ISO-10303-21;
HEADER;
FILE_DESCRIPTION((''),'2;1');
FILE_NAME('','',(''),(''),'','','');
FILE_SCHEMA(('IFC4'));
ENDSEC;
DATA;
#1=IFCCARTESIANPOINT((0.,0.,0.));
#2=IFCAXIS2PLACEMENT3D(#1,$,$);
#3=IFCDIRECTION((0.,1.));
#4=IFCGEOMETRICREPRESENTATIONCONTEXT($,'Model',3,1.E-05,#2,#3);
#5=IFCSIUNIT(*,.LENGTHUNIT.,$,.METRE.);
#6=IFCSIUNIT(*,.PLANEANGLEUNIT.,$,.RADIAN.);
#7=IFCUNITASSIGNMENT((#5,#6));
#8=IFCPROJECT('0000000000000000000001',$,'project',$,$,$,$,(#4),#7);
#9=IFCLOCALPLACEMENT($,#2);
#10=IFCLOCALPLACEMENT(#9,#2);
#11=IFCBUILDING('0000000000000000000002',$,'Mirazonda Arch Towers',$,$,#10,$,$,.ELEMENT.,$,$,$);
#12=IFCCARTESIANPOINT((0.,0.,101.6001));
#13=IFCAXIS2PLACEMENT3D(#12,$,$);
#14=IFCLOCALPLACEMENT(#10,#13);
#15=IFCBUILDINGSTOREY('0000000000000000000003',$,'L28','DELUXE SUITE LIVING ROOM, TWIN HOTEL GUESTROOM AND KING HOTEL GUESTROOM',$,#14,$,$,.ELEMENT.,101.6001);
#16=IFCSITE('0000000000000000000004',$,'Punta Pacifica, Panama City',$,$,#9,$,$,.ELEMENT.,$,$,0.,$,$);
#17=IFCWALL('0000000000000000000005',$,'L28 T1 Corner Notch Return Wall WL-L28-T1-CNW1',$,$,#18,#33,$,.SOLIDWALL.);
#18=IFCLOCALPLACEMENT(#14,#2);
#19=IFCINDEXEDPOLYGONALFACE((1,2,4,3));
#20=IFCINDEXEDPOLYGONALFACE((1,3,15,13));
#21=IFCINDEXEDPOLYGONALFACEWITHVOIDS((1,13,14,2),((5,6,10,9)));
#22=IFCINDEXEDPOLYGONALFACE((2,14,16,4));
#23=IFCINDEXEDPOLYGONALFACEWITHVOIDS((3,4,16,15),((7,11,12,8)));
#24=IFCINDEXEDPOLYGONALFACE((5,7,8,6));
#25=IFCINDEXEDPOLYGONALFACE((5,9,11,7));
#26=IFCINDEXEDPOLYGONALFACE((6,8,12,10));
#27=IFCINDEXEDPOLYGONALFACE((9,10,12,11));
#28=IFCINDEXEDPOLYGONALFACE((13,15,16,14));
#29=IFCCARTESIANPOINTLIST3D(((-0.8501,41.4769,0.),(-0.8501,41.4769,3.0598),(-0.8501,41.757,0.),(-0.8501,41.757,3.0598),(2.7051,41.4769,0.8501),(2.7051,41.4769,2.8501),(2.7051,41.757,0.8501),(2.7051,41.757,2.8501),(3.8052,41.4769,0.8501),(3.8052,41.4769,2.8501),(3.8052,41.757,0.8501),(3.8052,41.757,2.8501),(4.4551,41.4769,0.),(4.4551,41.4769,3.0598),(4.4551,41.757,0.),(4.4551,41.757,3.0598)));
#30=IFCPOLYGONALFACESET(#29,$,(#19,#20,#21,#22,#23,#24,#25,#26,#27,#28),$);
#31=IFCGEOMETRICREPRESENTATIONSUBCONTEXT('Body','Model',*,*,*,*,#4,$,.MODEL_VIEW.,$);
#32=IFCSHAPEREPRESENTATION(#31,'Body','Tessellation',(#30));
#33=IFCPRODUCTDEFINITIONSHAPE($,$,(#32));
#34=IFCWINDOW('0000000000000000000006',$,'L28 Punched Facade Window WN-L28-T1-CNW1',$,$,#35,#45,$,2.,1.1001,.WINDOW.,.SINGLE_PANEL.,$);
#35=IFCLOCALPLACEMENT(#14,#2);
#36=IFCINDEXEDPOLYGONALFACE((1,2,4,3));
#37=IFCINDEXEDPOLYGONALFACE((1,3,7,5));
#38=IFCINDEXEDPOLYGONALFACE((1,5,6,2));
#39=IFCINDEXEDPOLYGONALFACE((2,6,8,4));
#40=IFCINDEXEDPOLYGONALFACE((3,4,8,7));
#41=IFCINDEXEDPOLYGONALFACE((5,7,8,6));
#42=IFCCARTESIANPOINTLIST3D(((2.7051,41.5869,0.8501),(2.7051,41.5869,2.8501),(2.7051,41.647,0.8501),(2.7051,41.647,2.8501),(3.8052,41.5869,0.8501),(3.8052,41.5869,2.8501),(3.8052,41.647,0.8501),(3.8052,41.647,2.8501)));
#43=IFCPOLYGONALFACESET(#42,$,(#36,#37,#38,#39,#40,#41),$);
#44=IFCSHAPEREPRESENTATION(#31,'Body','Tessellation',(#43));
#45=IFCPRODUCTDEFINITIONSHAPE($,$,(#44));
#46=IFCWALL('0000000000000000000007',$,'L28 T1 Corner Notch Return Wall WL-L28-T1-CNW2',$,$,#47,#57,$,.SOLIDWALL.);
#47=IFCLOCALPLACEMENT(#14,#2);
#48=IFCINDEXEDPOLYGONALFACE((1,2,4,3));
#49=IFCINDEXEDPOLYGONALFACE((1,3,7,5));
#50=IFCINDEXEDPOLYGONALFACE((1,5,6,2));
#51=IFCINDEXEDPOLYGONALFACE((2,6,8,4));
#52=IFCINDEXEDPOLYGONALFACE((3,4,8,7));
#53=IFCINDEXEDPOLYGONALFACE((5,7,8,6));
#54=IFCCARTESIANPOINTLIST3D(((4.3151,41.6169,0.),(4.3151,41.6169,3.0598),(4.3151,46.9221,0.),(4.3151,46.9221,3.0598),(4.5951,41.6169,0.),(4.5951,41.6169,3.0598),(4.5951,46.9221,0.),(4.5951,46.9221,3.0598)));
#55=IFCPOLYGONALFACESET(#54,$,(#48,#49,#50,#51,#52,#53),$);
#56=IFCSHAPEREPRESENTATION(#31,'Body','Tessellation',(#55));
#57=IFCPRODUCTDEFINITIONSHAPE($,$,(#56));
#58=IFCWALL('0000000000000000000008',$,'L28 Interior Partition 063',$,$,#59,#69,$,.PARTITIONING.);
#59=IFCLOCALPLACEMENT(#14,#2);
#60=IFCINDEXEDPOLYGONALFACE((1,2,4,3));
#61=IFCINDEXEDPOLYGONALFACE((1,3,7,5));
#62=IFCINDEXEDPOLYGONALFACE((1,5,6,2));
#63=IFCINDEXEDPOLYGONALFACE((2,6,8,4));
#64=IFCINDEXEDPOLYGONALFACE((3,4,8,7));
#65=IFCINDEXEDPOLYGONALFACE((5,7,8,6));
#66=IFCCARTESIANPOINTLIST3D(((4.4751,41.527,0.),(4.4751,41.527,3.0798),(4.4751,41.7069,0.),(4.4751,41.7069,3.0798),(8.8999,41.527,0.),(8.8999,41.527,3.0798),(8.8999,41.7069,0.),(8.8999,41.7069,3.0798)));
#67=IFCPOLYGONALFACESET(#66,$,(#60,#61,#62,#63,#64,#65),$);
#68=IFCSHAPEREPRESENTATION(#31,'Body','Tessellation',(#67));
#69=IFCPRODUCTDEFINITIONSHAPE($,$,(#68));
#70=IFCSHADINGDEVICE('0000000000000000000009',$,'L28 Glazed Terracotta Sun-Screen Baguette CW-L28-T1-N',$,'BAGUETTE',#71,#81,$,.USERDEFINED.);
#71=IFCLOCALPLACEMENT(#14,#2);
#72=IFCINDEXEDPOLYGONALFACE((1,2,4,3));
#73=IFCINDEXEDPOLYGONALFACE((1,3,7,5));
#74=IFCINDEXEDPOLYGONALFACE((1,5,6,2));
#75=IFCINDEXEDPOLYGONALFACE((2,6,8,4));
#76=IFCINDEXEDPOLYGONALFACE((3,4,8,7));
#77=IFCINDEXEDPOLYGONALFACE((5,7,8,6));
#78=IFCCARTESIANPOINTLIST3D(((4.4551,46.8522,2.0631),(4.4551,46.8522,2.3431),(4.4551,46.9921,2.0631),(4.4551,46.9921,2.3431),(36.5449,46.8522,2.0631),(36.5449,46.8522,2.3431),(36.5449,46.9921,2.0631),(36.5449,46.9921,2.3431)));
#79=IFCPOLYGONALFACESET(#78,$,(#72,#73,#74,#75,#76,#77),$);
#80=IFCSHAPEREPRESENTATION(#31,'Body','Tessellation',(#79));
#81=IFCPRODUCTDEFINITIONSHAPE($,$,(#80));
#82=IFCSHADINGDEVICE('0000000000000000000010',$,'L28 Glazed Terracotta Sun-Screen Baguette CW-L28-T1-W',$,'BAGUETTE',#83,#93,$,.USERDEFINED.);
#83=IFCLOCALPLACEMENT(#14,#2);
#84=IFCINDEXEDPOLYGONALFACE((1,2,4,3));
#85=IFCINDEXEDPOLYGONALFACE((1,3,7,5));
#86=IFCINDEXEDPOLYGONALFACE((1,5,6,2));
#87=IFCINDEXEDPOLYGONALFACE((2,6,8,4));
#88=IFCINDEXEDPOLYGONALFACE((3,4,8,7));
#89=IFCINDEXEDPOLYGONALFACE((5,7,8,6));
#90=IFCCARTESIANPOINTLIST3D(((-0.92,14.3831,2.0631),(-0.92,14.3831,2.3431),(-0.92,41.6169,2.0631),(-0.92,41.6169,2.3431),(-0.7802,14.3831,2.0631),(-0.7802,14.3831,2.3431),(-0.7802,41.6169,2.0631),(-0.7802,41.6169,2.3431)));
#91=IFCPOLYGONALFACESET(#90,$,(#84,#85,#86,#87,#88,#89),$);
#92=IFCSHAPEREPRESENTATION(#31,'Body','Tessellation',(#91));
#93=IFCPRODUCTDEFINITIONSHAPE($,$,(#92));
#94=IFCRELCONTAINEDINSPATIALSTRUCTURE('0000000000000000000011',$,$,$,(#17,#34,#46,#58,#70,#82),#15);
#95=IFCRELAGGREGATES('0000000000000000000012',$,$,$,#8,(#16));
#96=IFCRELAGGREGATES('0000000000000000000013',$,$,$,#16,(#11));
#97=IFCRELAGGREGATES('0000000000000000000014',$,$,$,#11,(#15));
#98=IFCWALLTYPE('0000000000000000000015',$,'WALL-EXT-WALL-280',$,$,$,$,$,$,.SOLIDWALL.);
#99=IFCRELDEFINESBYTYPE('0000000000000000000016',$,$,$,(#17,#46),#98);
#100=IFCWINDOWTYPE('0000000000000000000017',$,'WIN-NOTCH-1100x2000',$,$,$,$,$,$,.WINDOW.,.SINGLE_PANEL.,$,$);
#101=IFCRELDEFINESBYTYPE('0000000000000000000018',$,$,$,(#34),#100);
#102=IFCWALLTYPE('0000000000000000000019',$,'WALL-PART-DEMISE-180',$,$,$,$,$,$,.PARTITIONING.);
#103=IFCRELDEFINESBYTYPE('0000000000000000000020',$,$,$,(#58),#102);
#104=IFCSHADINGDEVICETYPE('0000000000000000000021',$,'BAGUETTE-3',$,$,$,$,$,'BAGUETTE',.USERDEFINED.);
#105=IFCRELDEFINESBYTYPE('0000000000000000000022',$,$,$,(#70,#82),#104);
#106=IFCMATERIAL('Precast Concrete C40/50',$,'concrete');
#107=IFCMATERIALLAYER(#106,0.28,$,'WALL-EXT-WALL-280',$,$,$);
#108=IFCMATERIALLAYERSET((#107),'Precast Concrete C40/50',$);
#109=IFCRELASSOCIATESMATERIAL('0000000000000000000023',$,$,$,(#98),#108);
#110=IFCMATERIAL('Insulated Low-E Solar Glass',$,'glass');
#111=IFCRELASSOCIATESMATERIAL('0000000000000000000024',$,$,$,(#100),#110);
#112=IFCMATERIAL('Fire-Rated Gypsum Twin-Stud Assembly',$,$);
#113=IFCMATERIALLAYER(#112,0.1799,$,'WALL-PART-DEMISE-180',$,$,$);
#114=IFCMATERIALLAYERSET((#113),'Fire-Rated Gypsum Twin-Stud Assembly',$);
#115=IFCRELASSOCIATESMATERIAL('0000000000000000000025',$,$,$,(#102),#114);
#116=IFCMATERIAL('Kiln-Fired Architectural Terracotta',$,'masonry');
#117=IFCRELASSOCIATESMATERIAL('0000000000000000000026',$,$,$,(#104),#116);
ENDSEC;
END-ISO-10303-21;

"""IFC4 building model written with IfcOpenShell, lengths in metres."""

from ifc_helpers import new_model, si_unit, direction, frame, frame_2d, origin, origin_2d, place, context, subcontext, project, spatial, rectangle, extrude, material, layer, layer_set, material_profile, profile_set, type_object, element, fill, save


model = new_model("IFC4")

# Units and contexts
model_context = context("Model", 3, precision=1e-05, world=origin(), true_north=direction((0.0, 1.0)))
body_context = subcontext(model_context, "Body", "Model", "MODEL_VIEW")
ifc_project = project(units=[si_unit("LENGTHUNIT", "METRE"), si_unit("PLANEANGLEUNIT", "RADIAN")], contexts=[model_context])

# Site, building, storey
site_placement = place(None, origin())
site = spatial("IfcSite", under=ifc_project, at=site_placement, Name="Punta Pacifica, Panama City", CompositionType="ELEMENT", RefElevation=0.0)
building_placement = place(site_placement, origin())
building = spatial("IfcBuilding", under=site, at=building_placement, Name="Mirazonda Arch Towers", CompositionType="ELEMENT")
storey_placement = place(building_placement, frame((0.0, 0.0, 101.6001)))
storey = spatial("IfcBuildingStorey", under=building, at=storey_placement, Name="L28", Description="DELUXE SUITE LIVING ROOM, TWIN HOTEL GUESTROOM AND KING HOTEL GUESTROOM", CompositionType="ELEMENT", Elevation=101.6001)

# Shared definitions
ifc_material_1 = material(Name="Insulated Low-E Solar Glass", Category="glass")

# Wall, opening, window
ifc_material_2 = material(Name="Precast Concrete C40/50", Category="concrete")
ifc_layer_1 = layer(ifc_material_2, 0.28, Name="WALL-EXT-WALL-280")
ifc_layer_set_1 = layer_set([ifc_layer_1], Name="Precast Concrete C40/50")
wall_type_1 = type_object("IfcWallType", Name="WALL-EXT-WALL-280", PredefinedType="SOLIDWALL", material=ifc_layer_set_1)
wall_1_placement = place(storey_placement, frame((4.4551, 41.6169, 0.0), z_axis=(0.0, 0.0, 1.0), x_axis=(-1.0, 0.0, 0.0)))
wall_1 = element("IfcWall", 1, at=wall_1_placement, inside=storey, type_object=wall_type_1, Name="L28 T1 Corner Notch Return Wall WL-L28-T1-CNW1", PredefinedType="SOLIDWALL", context=body_context, shape_type="SweptSolid", body=[
    extrude(rectangle(XDim=5.3052, YDim=0.28, at=frame_2d((2.6526, 0.0))), origin(), (0.0, 0.0, 1.0), 3.0598),
])
opening_placement = place(wall_1_placement, frame((0.6499, 0.0, 0.8501)))
opening = element("IfcOpeningElement", 2, at=opening_placement, cuts=wall_1, PredefinedType="OPENING", context=body_context, shape_type="SweptSolid", body=[
    extrude(rectangle(XDim=1.1001, YDim=2.0, at=frame_2d((0.55, 1.0))), frame((0.0, 0.1499, 0.0), z_axis=(0.0, -1.0, 0.0), x_axis=(1.0, 0.0, 0.0)), (0.0, 0.0, 1.0), 0.3),
])
window_type = type_object("IfcWindowType", Name="WIN-NOTCH-1100x2000", PartitioningType="SINGLE_PANEL", PredefinedType="WINDOW", material=ifc_material_1)
window_placement = place(opening_placement, origin())
window = element("IfcWindow", 3, at=window_placement, inside=storey, type_object=window_type, Name="L28 Punched Facade Window WN-L28-T1-CNW1", OverallHeight=2.0, OverallWidth=1.1001, PartitioningType="SINGLE_PANEL", PredefinedType="WINDOW", context=body_context, shape_type="SweptSolid", body=[
    extrude(rectangle(XDim=1.1001, YDim=2.0, at=frame_2d((0.55, 1.0))), frame((0.0, 0.03, 0.0), z_axis=(0.0, -1.0, 0.0), x_axis=(1.0, 0.0, 0.0)), (0.0, 0.0, 1.0), 0.0601),
])
fill(opening, window)

# Walls
wall_2_placement = place(storey_placement, frame((4.4551, 46.9221, 0.0), z_axis=(0.0, 0.0, 1.0), x_axis=(0.0, -1.0, 0.0)))
element("IfcWall", 4, at=wall_2_placement, inside=storey, type_object=wall_type_1, Name="L28 T1 Corner Notch Return Wall WL-L28-T1-CNW2", PredefinedType="SOLIDWALL", context=body_context, shape_type="SweptSolid", body=[
    extrude(rectangle(XDim=5.3052, YDim=0.28, at=frame_2d((2.6526, 0.0))), origin(), (0.0, 0.0, 1.0), 3.0598),
])
ifc_material_3 = material(Name="Fire-Rated Gypsum Twin-Stud Assembly")
ifc_layer_2 = layer(ifc_material_3, 0.1799, Name="WALL-PART-DEMISE-180")
ifc_layer_set_2 = layer_set([ifc_layer_2], Name="Fire-Rated Gypsum Twin-Stud Assembly")
wall_type_2 = type_object("IfcWallType", Name="WALL-PART-DEMISE-180", PredefinedType="PARTITIONING", material=ifc_layer_set_2)
wall_3_placement = place(storey_placement, frame((4.4751, 41.6169, 0.0), z_axis=(0.0, 0.0, 1.0), x_axis=(1.0, 0.0, 0.0)))
element("IfcWall", 5, at=wall_3_placement, inside=storey, type_object=wall_type_2, Name="L28 Interior Partition 063", PredefinedType="PARTITIONING", context=body_context, shape_type="SweptSolid", body=[
    extrude(rectangle(XDim=4.4248, YDim=0.1799, at=frame_2d((2.2124, 0.0))), origin(), (0.0, 0.0, 1.0), 3.0798),
])

# Shading devices
ifc_material_4 = material(Name="Kiln-Fired Architectural Terracotta", Category="masonry")
ifc_material_profile_1 = material_profile(ifc_material_4, rectangle(XDim=0.1399, YDim=0.28, at=origin_2d()), Name="TERRA-BAG-140x280")
ifc_profile_set_1 = profile_set([ifc_material_profile_1], Name="Kiln-Fired Architectural Terracotta")
shading_device_type = type_object("IfcShadingDeviceType", Name="BAGUETTE-3", ElementType="BAGUETTE", PredefinedType="USERDEFINED", material=ifc_profile_set_1)
shading_device_1_placement = place(storey_placement, frame((4.4551, 46.9221, 2.2031), z_axis=(1.0, 0.0, 0.0), x_axis=(0.0, 1.0, 0.0)))
element("IfcShadingDevice", 6, at=shading_device_1_placement, inside=storey, type_object=shading_device_type, Name="L28 Glazed Terracotta Sun-Screen Baguette CW-L28-T1-N", ObjectType="BAGUETTE", PredefinedType="USERDEFINED", context=body_context, shape_type="SweptSolid", body=[
    extrude(rectangle(XDim=0.1399, YDim=0.28, at=origin_2d()), origin(), (0.0, 0.0, 1.0), 32.0898),
])
shading_device_2_placement = place(storey_placement, frame((-0.8501, 41.6169, 2.2031), z_axis=(0.0, -1.0, 0.0), x_axis=(1.0, 0.0, 0.0)))
element("IfcShadingDevice", 7, at=shading_device_2_placement, inside=storey, type_object=shading_device_type, Name="L28 Glazed Terracotta Sun-Screen Baguette CW-L28-T1-W", ObjectType="BAGUETTE", PredefinedType="USERDEFINED", context=body_context, shape_type="SweptSolid", body=[
    extrude(rectangle(XDim=0.1399, YDim=0.28, at=origin_2d()), origin(), (0.0, 0.0, 1.0), 27.2339),
])

save(model, "model.ifc")
